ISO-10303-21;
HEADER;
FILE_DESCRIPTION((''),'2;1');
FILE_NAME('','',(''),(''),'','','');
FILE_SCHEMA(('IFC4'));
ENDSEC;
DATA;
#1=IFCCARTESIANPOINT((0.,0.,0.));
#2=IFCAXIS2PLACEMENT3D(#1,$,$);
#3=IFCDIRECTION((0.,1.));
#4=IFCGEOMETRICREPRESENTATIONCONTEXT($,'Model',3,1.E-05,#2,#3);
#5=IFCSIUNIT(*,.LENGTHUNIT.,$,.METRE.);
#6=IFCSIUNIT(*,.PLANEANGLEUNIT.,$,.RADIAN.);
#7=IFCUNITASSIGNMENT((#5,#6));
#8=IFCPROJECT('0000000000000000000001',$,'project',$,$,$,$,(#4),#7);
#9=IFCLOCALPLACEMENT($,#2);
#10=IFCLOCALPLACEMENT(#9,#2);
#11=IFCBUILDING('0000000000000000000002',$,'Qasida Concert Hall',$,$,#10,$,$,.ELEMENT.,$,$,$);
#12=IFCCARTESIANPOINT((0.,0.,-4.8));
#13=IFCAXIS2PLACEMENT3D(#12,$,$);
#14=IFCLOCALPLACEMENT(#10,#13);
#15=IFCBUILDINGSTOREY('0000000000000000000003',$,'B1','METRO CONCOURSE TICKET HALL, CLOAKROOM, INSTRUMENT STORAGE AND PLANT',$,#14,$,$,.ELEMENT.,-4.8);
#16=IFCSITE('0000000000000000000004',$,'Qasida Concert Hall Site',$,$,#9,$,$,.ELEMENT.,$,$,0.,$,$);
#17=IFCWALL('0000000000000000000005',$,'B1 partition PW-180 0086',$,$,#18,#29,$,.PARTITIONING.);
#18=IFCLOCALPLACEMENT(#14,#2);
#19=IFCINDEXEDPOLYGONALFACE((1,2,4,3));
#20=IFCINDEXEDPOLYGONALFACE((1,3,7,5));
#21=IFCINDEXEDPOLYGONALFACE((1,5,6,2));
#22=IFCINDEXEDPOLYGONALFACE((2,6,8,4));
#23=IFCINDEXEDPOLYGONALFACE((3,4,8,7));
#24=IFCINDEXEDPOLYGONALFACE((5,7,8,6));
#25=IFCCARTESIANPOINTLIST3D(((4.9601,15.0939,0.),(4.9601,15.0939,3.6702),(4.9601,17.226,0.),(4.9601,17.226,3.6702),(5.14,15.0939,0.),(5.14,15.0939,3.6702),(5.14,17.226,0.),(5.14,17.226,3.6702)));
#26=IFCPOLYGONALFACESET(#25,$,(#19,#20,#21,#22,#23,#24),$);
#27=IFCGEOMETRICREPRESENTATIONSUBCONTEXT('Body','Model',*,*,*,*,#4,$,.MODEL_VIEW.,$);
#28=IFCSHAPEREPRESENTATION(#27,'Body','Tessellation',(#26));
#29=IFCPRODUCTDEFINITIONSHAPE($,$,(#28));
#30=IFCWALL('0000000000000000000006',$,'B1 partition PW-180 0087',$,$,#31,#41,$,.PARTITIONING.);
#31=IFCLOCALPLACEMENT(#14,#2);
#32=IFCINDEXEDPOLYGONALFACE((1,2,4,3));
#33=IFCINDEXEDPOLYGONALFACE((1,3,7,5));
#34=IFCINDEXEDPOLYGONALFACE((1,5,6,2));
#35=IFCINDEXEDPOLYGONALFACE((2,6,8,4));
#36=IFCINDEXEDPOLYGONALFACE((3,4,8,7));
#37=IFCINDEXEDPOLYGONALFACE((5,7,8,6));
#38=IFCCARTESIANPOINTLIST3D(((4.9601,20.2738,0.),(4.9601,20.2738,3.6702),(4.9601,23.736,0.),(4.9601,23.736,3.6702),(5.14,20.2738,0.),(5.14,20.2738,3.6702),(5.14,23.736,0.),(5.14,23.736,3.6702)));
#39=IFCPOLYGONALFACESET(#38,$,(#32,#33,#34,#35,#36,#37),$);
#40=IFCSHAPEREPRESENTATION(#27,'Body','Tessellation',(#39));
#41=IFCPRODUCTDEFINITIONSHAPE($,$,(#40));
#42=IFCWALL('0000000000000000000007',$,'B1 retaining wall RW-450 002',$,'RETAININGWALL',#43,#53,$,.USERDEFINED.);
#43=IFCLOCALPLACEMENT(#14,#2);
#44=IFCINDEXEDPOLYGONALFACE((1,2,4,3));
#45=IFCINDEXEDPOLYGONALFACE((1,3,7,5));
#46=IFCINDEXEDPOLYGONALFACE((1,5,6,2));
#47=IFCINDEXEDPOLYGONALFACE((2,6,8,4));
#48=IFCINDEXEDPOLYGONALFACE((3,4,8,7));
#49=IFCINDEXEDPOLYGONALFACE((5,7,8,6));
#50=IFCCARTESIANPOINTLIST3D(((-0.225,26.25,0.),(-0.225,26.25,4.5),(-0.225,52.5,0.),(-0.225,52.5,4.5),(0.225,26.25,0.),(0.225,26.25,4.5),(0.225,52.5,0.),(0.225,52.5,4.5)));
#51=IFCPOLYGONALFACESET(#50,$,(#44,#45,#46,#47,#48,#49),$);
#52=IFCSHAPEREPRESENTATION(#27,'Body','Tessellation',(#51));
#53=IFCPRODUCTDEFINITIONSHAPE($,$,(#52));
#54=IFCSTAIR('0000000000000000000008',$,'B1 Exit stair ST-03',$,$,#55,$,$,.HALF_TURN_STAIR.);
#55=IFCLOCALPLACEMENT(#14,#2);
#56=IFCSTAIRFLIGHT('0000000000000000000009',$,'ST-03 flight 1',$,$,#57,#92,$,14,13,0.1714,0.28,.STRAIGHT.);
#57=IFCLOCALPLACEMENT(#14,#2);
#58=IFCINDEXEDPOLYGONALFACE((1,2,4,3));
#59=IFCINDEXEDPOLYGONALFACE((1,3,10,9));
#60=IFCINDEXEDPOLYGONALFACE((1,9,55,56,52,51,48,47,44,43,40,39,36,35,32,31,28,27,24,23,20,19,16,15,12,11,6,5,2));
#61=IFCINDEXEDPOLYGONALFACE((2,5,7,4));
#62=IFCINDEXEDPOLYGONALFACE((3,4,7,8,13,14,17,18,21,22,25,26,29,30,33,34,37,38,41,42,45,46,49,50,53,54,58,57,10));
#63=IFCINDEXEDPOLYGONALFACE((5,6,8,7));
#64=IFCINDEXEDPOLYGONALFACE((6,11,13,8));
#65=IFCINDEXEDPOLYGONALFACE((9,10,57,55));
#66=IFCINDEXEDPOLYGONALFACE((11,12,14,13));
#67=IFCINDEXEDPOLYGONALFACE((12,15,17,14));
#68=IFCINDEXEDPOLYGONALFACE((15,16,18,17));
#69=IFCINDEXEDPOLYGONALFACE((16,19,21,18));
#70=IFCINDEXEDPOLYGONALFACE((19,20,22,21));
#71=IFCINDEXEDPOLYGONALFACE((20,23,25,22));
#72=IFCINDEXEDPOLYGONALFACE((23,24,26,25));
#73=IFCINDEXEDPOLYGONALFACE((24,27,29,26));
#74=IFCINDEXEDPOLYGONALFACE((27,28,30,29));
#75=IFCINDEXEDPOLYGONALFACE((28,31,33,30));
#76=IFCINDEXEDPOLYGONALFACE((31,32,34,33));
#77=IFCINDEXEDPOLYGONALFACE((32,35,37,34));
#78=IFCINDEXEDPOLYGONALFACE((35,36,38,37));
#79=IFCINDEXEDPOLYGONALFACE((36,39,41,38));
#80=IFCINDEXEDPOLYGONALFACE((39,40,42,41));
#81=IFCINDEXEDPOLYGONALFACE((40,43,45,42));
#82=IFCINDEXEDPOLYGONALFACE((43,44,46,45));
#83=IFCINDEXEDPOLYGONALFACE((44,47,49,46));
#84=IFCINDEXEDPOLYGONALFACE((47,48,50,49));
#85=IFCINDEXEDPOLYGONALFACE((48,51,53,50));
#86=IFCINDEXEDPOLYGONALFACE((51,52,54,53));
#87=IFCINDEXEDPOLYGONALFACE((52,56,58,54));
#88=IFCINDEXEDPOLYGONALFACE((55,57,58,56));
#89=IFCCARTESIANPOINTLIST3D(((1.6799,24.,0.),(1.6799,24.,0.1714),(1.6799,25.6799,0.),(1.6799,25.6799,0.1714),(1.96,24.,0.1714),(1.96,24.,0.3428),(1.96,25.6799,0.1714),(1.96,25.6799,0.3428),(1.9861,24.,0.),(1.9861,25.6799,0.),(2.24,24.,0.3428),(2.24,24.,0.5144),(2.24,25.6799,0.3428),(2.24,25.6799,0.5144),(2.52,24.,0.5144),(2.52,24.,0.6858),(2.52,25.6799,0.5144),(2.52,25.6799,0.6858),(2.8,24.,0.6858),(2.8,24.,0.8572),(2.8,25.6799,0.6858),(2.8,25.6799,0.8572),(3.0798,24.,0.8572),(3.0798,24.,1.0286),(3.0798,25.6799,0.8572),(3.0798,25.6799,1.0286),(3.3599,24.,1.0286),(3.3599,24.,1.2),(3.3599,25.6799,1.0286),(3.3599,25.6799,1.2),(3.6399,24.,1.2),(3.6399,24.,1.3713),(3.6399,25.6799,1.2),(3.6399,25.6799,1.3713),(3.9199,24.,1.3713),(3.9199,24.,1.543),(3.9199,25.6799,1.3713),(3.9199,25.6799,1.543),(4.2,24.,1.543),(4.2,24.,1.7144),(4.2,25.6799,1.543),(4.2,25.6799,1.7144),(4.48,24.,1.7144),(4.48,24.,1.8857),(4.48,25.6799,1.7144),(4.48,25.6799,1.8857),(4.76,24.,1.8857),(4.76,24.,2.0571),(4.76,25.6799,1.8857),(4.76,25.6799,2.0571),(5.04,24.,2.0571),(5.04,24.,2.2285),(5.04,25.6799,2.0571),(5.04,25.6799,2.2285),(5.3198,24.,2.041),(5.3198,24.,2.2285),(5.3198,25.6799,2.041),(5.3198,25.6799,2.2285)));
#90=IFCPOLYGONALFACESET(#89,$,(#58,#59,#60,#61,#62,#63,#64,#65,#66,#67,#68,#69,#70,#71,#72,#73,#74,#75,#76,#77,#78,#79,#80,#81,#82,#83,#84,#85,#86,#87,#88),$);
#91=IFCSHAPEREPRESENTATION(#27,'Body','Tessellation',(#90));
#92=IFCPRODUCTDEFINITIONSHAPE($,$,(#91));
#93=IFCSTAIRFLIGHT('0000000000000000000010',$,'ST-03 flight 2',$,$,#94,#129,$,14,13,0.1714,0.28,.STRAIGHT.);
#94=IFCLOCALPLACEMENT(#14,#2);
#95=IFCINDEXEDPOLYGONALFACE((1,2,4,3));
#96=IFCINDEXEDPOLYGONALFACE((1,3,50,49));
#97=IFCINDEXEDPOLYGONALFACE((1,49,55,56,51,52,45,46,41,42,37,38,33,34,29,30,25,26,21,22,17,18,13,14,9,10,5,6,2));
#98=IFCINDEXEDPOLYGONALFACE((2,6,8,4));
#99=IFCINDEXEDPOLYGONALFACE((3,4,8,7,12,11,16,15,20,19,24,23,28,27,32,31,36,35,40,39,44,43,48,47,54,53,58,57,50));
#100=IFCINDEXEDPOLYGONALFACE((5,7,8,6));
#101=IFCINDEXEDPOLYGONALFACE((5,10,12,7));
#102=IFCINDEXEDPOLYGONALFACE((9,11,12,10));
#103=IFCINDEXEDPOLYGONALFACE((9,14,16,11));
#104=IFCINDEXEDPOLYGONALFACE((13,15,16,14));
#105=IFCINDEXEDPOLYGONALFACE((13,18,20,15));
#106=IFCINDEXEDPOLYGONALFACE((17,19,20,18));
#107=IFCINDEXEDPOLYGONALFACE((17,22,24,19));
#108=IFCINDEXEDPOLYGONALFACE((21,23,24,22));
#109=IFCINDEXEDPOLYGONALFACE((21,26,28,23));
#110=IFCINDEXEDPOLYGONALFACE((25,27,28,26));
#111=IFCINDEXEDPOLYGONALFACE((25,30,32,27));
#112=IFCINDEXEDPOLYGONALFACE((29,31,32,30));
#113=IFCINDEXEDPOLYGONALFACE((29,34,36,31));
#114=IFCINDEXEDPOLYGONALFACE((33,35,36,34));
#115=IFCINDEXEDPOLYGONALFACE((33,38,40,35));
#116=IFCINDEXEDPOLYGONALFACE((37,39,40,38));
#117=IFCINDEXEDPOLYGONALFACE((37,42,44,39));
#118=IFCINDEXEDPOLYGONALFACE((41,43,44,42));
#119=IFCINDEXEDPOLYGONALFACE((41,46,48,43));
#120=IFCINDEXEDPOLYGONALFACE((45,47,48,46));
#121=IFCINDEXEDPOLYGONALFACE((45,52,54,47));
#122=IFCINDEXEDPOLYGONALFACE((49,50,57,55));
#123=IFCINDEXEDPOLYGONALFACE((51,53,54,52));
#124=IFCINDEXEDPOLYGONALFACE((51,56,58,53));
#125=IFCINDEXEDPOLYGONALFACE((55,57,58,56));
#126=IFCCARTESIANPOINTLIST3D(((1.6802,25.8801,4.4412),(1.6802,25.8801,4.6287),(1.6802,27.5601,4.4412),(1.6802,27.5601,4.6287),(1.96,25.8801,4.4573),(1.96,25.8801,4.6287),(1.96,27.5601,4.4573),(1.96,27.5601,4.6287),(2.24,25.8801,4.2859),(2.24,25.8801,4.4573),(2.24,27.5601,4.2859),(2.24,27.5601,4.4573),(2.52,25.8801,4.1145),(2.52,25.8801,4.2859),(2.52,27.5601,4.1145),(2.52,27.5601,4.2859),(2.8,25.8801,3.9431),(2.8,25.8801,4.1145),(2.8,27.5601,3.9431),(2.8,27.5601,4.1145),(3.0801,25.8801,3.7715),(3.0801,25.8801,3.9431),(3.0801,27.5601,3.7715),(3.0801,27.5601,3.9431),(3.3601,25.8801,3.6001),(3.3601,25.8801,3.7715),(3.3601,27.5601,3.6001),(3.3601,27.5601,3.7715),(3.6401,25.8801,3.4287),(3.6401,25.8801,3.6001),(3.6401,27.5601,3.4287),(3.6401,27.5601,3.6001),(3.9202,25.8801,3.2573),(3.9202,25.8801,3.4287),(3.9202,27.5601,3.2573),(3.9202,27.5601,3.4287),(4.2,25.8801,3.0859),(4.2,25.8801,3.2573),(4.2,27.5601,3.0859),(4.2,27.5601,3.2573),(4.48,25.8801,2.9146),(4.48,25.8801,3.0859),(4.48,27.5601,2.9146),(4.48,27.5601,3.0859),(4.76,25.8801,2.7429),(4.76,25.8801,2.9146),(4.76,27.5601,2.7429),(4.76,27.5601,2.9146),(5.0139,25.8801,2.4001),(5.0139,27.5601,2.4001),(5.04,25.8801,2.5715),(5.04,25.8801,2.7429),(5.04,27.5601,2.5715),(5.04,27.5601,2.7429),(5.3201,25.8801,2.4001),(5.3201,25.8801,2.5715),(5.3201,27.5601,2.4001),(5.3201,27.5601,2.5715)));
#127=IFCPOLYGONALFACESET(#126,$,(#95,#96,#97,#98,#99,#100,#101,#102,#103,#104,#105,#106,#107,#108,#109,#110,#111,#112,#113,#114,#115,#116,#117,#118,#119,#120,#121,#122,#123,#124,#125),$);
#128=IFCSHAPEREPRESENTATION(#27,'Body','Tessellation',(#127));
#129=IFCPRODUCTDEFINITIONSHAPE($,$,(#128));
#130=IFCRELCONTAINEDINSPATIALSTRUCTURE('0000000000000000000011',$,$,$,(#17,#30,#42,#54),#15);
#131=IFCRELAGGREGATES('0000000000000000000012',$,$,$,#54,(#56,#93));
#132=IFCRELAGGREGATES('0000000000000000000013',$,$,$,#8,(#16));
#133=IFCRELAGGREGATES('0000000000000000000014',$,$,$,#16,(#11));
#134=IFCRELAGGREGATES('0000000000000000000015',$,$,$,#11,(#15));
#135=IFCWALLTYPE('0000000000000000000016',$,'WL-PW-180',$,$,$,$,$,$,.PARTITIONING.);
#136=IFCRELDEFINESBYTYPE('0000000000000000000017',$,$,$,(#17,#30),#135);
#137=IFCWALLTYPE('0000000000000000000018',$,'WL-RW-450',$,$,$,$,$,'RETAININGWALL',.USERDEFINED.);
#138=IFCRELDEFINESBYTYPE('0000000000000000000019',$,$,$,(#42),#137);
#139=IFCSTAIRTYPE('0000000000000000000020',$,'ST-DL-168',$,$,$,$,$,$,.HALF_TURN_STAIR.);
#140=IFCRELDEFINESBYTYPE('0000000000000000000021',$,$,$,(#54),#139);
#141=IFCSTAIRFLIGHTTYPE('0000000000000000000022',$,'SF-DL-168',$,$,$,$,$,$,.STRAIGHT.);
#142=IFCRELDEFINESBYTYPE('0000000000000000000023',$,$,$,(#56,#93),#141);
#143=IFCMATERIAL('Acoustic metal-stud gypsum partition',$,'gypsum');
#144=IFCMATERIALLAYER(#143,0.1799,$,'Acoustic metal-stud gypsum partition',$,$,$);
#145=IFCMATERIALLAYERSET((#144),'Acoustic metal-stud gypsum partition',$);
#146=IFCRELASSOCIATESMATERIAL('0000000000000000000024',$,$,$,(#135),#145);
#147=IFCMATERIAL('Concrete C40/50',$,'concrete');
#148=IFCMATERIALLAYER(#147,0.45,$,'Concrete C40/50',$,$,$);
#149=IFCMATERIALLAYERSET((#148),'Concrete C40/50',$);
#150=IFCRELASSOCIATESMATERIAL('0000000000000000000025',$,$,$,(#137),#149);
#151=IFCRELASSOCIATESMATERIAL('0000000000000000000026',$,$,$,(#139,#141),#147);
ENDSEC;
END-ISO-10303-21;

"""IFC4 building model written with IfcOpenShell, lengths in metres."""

from ifc_helpers import new_model, si_unit, direction, frame, frame_2d, origin, place, context, subcontext, project, spatial, polyline, rectangle, outline, extrude, material, layer, layer_set, type_object, element, aggregate, save


model = new_model("IFC4")

# Units and contexts
model_context = context("Model", 3, precision=1e-05, world=origin(), true_north=direction((0.0, 1.0)))
body_context = subcontext(model_context, "Body", "Model", "MODEL_VIEW")
ifc_project = project(units=[si_unit("LENGTHUNIT", "METRE"), si_unit("PLANEANGLEUNIT", "RADIAN")], contexts=[model_context])

# Site, building, storey
site_placement = place(None, origin())
site = spatial("IfcSite", under=ifc_project, at=site_placement, Name="Qasida Concert Hall Site", CompositionType="ELEMENT", RefElevation=0.0)
building_placement = place(site_placement, origin())
building = spatial("IfcBuilding", under=site, at=building_placement, Name="Qasida Concert Hall", CompositionType="ELEMENT")
storey_placement = place(building_placement, frame((0.0, 0.0, -4.8)))
storey = spatial("IfcBuildingStorey", under=building, at=storey_placement, Name="B1", Description="METRO CONCOURSE TICKET HALL, CLOAKROOM, INSTRUMENT STORAGE AND PLANT", CompositionType="ELEMENT", Elevation=-4.8)

# Shared definitions
ifc_material_1 = material(Name="Concrete C40/50", Category="concrete")

# Walls
ifc_material_2 = material(Name="Acoustic metal-stud gypsum partition", Category="gypsum")
ifc_layer_1 = layer(ifc_material_2, 0.1799, Name="Acoustic metal-stud gypsum partition")
ifc_layer_set_1 = layer_set([ifc_layer_1], Name="Acoustic metal-stud gypsum partition")
wall_type_1 = type_object("IfcWallType", Name="WL-PW-180", PredefinedType="PARTITIONING", material=ifc_layer_set_1)
wall_1_placement = place(storey_placement, frame((5.05, 15.094, 0.0), z_axis=(0.0, 0.0, 1.0), x_axis=(0.0, 1.0, 0.0)))
element("IfcWall", 1, at=wall_1_placement, inside=storey, type_object=wall_type_1, Name="B1 partition PW-180 0086", PredefinedType="PARTITIONING", context=body_context, shape_type="SweptSolid", body=[
    extrude(rectangle(XDim=2.1321, YDim=0.1799, at=frame_2d((1.0659, 0.0))), origin(), (0.0, 0.0, 1.0), 3.6702),
])
wall_2_placement = place(storey_placement, frame((5.05, 20.2739, 0.0), z_axis=(0.0, 0.0, 1.0), x_axis=(0.0, 1.0, 0.0)))
element("IfcWall", 2, at=wall_2_placement, inside=storey, type_object=wall_type_1, Name="B1 partition PW-180 0087", PredefinedType="PARTITIONING", context=body_context, shape_type="SweptSolid", body=[
    extrude(rectangle(XDim=3.4622, YDim=0.1799, at=frame_2d((1.731, 0.0))), origin(), (0.0, 0.0, 1.0), 3.6702),
])
ifc_layer_2 = layer(ifc_material_1, 0.45, Name="Concrete C40/50")
ifc_layer_set_2 = layer_set([ifc_layer_2], Name="Concrete C40/50")
wall_type_2 = type_object("IfcWallType", Name="WL-RW-450", ElementType="RETAININGWALL", PredefinedType="USERDEFINED", material=ifc_layer_set_2)
wall_3_placement = place(storey_placement, frame((0.0, 26.25, 0.0), z_axis=(0.0, 0.0, 1.0), x_axis=(0.0, 1.0, 0.0)))
element("IfcWall", 3, at=wall_3_placement, inside=storey, type_object=wall_type_2, Name="B1 retaining wall RW-450 002", ObjectType="RETAININGWALL", PredefinedType="USERDEFINED", context=body_context, shape_type="SweptSolid", body=[
    extrude(rectangle(XDim=26.25, YDim=0.45, at=frame_2d((13.125, 0.0))), origin(), (0.0, 0.0, 1.0), 4.5),
])

# Stair, stair flights
stair_type = type_object("IfcStairType", Name="ST-DL-168", PredefinedType="HALF_TURN_STAIR", material=ifc_material_1)
stair_placement = place(storey_placement, origin())
stair = element("IfcStair", 4, at=stair_placement, inside=storey, type_object=stair_type, Name="B1 Exit stair ST-03", PredefinedType="HALF_TURN_STAIR")
stair_flight_type = type_object("IfcStairFlightType", Name="SF-DL-168", PredefinedType="STRAIGHT", material=ifc_material_1)
stair_flight_1_placement = place(storey_placement, frame((1.6799, 24.8401, 0.0), z_axis=(0.0, 0.0, 1.0), x_axis=(1.0, 0.0, 0.0)))
stair_flight_1 = element("IfcStairFlight", 5, at=stair_flight_1_placement, type_object=stair_flight_type, Name="ST-03 flight 1", NumberOfRisers=14, NumberOfTreads=13, PredefinedType="STRAIGHT", RiserHeight=0.1714, TreadLength=0.28, context=body_context, shape_type="SweptSolid", body=[
    extrude(outline(polyline([(0.0, 0.0), (0.0, 0.1714), (0.28, 0.1714), (0.28, 0.3428), (0.5601, 0.3428), (0.5601, 0.5144), (0.8401, 0.5144), (0.8401, 0.6858), (1.1201, 0.6858), (1.1201, 0.8572), (1.3999, 0.8572), (1.3999, 1.0286), (1.6799, 1.0286), (1.6799, 1.2), (1.96, 1.2), (1.96, 1.3713), (2.24, 1.3713), (2.24, 1.543), (2.52, 1.543), (2.52, 1.7144), (2.8, 1.7144), (2.8, 1.8857), (3.0801, 1.8857), (3.0801, 2.0571), (3.3601, 2.0571), (3.3601, 2.2285), (3.6399, 2.2285), (3.6399, 2.3999), (3.6399, 2.041), (0.3062, 0.0), (0.0, 0.0)])), frame((0.0, 0.8398, 0.0), z_axis=(0.0, -1.0, 0.0), x_axis=(1.0, 0.0, 0.0)), (0.0, 0.0, 1.0), 1.6799),
])
stair_flight_2_placement = place(storey_placement, frame((5.3201, 26.72, 2.4001), z_axis=(0.0, 0.0, 1.0), x_axis=(-1.0, 0.0, 0.0)))
stair_flight_2 = element("IfcStairFlight", 6, at=stair_flight_2_placement, type_object=stair_flight_type, Name="ST-03 flight 2", NumberOfRisers=14, NumberOfTreads=13, PredefinedType="STRAIGHT", RiserHeight=0.1714, TreadLength=0.28, context=body_context, shape_type="SweptSolid", body=[
    extrude(outline(polyline([(0.0, 0.0), (0.0, 0.1714), (0.28, 0.1714), (0.28, 0.3428), (0.5601, 0.3428), (0.5601, 0.5144), (0.8401, 0.5144), (0.8401, 0.6858), (1.1201, 0.6858), (1.1201, 0.8572), (1.3999, 0.8572), (1.3999, 1.0286), (1.6799, 1.0286), (1.6799, 1.2), (1.96, 1.2), (1.96, 1.3713), (2.24, 1.3713), (2.24, 1.543), (2.52, 1.543), (2.52, 1.7144), (2.8, 1.7144), (2.8, 1.8857), (3.0801, 1.8857), (3.0801, 2.0571), (3.3601, 2.0571), (3.3601, 2.2285), (3.6399, 2.2285), (3.6399, 2.3999), (3.6399, 2.041), (0.3062, 0.0), (0.0, 0.0)])), frame((0.0, 0.8398, 0.0), z_axis=(0.0, -1.0, 0.0), x_axis=(1.0, 0.0, 0.0)), (0.0, 0.0, 1.0), 1.6799),
])
aggregate(stair, [stair_flight_1, stair_flight_2])

save(model, "model.ifc")
